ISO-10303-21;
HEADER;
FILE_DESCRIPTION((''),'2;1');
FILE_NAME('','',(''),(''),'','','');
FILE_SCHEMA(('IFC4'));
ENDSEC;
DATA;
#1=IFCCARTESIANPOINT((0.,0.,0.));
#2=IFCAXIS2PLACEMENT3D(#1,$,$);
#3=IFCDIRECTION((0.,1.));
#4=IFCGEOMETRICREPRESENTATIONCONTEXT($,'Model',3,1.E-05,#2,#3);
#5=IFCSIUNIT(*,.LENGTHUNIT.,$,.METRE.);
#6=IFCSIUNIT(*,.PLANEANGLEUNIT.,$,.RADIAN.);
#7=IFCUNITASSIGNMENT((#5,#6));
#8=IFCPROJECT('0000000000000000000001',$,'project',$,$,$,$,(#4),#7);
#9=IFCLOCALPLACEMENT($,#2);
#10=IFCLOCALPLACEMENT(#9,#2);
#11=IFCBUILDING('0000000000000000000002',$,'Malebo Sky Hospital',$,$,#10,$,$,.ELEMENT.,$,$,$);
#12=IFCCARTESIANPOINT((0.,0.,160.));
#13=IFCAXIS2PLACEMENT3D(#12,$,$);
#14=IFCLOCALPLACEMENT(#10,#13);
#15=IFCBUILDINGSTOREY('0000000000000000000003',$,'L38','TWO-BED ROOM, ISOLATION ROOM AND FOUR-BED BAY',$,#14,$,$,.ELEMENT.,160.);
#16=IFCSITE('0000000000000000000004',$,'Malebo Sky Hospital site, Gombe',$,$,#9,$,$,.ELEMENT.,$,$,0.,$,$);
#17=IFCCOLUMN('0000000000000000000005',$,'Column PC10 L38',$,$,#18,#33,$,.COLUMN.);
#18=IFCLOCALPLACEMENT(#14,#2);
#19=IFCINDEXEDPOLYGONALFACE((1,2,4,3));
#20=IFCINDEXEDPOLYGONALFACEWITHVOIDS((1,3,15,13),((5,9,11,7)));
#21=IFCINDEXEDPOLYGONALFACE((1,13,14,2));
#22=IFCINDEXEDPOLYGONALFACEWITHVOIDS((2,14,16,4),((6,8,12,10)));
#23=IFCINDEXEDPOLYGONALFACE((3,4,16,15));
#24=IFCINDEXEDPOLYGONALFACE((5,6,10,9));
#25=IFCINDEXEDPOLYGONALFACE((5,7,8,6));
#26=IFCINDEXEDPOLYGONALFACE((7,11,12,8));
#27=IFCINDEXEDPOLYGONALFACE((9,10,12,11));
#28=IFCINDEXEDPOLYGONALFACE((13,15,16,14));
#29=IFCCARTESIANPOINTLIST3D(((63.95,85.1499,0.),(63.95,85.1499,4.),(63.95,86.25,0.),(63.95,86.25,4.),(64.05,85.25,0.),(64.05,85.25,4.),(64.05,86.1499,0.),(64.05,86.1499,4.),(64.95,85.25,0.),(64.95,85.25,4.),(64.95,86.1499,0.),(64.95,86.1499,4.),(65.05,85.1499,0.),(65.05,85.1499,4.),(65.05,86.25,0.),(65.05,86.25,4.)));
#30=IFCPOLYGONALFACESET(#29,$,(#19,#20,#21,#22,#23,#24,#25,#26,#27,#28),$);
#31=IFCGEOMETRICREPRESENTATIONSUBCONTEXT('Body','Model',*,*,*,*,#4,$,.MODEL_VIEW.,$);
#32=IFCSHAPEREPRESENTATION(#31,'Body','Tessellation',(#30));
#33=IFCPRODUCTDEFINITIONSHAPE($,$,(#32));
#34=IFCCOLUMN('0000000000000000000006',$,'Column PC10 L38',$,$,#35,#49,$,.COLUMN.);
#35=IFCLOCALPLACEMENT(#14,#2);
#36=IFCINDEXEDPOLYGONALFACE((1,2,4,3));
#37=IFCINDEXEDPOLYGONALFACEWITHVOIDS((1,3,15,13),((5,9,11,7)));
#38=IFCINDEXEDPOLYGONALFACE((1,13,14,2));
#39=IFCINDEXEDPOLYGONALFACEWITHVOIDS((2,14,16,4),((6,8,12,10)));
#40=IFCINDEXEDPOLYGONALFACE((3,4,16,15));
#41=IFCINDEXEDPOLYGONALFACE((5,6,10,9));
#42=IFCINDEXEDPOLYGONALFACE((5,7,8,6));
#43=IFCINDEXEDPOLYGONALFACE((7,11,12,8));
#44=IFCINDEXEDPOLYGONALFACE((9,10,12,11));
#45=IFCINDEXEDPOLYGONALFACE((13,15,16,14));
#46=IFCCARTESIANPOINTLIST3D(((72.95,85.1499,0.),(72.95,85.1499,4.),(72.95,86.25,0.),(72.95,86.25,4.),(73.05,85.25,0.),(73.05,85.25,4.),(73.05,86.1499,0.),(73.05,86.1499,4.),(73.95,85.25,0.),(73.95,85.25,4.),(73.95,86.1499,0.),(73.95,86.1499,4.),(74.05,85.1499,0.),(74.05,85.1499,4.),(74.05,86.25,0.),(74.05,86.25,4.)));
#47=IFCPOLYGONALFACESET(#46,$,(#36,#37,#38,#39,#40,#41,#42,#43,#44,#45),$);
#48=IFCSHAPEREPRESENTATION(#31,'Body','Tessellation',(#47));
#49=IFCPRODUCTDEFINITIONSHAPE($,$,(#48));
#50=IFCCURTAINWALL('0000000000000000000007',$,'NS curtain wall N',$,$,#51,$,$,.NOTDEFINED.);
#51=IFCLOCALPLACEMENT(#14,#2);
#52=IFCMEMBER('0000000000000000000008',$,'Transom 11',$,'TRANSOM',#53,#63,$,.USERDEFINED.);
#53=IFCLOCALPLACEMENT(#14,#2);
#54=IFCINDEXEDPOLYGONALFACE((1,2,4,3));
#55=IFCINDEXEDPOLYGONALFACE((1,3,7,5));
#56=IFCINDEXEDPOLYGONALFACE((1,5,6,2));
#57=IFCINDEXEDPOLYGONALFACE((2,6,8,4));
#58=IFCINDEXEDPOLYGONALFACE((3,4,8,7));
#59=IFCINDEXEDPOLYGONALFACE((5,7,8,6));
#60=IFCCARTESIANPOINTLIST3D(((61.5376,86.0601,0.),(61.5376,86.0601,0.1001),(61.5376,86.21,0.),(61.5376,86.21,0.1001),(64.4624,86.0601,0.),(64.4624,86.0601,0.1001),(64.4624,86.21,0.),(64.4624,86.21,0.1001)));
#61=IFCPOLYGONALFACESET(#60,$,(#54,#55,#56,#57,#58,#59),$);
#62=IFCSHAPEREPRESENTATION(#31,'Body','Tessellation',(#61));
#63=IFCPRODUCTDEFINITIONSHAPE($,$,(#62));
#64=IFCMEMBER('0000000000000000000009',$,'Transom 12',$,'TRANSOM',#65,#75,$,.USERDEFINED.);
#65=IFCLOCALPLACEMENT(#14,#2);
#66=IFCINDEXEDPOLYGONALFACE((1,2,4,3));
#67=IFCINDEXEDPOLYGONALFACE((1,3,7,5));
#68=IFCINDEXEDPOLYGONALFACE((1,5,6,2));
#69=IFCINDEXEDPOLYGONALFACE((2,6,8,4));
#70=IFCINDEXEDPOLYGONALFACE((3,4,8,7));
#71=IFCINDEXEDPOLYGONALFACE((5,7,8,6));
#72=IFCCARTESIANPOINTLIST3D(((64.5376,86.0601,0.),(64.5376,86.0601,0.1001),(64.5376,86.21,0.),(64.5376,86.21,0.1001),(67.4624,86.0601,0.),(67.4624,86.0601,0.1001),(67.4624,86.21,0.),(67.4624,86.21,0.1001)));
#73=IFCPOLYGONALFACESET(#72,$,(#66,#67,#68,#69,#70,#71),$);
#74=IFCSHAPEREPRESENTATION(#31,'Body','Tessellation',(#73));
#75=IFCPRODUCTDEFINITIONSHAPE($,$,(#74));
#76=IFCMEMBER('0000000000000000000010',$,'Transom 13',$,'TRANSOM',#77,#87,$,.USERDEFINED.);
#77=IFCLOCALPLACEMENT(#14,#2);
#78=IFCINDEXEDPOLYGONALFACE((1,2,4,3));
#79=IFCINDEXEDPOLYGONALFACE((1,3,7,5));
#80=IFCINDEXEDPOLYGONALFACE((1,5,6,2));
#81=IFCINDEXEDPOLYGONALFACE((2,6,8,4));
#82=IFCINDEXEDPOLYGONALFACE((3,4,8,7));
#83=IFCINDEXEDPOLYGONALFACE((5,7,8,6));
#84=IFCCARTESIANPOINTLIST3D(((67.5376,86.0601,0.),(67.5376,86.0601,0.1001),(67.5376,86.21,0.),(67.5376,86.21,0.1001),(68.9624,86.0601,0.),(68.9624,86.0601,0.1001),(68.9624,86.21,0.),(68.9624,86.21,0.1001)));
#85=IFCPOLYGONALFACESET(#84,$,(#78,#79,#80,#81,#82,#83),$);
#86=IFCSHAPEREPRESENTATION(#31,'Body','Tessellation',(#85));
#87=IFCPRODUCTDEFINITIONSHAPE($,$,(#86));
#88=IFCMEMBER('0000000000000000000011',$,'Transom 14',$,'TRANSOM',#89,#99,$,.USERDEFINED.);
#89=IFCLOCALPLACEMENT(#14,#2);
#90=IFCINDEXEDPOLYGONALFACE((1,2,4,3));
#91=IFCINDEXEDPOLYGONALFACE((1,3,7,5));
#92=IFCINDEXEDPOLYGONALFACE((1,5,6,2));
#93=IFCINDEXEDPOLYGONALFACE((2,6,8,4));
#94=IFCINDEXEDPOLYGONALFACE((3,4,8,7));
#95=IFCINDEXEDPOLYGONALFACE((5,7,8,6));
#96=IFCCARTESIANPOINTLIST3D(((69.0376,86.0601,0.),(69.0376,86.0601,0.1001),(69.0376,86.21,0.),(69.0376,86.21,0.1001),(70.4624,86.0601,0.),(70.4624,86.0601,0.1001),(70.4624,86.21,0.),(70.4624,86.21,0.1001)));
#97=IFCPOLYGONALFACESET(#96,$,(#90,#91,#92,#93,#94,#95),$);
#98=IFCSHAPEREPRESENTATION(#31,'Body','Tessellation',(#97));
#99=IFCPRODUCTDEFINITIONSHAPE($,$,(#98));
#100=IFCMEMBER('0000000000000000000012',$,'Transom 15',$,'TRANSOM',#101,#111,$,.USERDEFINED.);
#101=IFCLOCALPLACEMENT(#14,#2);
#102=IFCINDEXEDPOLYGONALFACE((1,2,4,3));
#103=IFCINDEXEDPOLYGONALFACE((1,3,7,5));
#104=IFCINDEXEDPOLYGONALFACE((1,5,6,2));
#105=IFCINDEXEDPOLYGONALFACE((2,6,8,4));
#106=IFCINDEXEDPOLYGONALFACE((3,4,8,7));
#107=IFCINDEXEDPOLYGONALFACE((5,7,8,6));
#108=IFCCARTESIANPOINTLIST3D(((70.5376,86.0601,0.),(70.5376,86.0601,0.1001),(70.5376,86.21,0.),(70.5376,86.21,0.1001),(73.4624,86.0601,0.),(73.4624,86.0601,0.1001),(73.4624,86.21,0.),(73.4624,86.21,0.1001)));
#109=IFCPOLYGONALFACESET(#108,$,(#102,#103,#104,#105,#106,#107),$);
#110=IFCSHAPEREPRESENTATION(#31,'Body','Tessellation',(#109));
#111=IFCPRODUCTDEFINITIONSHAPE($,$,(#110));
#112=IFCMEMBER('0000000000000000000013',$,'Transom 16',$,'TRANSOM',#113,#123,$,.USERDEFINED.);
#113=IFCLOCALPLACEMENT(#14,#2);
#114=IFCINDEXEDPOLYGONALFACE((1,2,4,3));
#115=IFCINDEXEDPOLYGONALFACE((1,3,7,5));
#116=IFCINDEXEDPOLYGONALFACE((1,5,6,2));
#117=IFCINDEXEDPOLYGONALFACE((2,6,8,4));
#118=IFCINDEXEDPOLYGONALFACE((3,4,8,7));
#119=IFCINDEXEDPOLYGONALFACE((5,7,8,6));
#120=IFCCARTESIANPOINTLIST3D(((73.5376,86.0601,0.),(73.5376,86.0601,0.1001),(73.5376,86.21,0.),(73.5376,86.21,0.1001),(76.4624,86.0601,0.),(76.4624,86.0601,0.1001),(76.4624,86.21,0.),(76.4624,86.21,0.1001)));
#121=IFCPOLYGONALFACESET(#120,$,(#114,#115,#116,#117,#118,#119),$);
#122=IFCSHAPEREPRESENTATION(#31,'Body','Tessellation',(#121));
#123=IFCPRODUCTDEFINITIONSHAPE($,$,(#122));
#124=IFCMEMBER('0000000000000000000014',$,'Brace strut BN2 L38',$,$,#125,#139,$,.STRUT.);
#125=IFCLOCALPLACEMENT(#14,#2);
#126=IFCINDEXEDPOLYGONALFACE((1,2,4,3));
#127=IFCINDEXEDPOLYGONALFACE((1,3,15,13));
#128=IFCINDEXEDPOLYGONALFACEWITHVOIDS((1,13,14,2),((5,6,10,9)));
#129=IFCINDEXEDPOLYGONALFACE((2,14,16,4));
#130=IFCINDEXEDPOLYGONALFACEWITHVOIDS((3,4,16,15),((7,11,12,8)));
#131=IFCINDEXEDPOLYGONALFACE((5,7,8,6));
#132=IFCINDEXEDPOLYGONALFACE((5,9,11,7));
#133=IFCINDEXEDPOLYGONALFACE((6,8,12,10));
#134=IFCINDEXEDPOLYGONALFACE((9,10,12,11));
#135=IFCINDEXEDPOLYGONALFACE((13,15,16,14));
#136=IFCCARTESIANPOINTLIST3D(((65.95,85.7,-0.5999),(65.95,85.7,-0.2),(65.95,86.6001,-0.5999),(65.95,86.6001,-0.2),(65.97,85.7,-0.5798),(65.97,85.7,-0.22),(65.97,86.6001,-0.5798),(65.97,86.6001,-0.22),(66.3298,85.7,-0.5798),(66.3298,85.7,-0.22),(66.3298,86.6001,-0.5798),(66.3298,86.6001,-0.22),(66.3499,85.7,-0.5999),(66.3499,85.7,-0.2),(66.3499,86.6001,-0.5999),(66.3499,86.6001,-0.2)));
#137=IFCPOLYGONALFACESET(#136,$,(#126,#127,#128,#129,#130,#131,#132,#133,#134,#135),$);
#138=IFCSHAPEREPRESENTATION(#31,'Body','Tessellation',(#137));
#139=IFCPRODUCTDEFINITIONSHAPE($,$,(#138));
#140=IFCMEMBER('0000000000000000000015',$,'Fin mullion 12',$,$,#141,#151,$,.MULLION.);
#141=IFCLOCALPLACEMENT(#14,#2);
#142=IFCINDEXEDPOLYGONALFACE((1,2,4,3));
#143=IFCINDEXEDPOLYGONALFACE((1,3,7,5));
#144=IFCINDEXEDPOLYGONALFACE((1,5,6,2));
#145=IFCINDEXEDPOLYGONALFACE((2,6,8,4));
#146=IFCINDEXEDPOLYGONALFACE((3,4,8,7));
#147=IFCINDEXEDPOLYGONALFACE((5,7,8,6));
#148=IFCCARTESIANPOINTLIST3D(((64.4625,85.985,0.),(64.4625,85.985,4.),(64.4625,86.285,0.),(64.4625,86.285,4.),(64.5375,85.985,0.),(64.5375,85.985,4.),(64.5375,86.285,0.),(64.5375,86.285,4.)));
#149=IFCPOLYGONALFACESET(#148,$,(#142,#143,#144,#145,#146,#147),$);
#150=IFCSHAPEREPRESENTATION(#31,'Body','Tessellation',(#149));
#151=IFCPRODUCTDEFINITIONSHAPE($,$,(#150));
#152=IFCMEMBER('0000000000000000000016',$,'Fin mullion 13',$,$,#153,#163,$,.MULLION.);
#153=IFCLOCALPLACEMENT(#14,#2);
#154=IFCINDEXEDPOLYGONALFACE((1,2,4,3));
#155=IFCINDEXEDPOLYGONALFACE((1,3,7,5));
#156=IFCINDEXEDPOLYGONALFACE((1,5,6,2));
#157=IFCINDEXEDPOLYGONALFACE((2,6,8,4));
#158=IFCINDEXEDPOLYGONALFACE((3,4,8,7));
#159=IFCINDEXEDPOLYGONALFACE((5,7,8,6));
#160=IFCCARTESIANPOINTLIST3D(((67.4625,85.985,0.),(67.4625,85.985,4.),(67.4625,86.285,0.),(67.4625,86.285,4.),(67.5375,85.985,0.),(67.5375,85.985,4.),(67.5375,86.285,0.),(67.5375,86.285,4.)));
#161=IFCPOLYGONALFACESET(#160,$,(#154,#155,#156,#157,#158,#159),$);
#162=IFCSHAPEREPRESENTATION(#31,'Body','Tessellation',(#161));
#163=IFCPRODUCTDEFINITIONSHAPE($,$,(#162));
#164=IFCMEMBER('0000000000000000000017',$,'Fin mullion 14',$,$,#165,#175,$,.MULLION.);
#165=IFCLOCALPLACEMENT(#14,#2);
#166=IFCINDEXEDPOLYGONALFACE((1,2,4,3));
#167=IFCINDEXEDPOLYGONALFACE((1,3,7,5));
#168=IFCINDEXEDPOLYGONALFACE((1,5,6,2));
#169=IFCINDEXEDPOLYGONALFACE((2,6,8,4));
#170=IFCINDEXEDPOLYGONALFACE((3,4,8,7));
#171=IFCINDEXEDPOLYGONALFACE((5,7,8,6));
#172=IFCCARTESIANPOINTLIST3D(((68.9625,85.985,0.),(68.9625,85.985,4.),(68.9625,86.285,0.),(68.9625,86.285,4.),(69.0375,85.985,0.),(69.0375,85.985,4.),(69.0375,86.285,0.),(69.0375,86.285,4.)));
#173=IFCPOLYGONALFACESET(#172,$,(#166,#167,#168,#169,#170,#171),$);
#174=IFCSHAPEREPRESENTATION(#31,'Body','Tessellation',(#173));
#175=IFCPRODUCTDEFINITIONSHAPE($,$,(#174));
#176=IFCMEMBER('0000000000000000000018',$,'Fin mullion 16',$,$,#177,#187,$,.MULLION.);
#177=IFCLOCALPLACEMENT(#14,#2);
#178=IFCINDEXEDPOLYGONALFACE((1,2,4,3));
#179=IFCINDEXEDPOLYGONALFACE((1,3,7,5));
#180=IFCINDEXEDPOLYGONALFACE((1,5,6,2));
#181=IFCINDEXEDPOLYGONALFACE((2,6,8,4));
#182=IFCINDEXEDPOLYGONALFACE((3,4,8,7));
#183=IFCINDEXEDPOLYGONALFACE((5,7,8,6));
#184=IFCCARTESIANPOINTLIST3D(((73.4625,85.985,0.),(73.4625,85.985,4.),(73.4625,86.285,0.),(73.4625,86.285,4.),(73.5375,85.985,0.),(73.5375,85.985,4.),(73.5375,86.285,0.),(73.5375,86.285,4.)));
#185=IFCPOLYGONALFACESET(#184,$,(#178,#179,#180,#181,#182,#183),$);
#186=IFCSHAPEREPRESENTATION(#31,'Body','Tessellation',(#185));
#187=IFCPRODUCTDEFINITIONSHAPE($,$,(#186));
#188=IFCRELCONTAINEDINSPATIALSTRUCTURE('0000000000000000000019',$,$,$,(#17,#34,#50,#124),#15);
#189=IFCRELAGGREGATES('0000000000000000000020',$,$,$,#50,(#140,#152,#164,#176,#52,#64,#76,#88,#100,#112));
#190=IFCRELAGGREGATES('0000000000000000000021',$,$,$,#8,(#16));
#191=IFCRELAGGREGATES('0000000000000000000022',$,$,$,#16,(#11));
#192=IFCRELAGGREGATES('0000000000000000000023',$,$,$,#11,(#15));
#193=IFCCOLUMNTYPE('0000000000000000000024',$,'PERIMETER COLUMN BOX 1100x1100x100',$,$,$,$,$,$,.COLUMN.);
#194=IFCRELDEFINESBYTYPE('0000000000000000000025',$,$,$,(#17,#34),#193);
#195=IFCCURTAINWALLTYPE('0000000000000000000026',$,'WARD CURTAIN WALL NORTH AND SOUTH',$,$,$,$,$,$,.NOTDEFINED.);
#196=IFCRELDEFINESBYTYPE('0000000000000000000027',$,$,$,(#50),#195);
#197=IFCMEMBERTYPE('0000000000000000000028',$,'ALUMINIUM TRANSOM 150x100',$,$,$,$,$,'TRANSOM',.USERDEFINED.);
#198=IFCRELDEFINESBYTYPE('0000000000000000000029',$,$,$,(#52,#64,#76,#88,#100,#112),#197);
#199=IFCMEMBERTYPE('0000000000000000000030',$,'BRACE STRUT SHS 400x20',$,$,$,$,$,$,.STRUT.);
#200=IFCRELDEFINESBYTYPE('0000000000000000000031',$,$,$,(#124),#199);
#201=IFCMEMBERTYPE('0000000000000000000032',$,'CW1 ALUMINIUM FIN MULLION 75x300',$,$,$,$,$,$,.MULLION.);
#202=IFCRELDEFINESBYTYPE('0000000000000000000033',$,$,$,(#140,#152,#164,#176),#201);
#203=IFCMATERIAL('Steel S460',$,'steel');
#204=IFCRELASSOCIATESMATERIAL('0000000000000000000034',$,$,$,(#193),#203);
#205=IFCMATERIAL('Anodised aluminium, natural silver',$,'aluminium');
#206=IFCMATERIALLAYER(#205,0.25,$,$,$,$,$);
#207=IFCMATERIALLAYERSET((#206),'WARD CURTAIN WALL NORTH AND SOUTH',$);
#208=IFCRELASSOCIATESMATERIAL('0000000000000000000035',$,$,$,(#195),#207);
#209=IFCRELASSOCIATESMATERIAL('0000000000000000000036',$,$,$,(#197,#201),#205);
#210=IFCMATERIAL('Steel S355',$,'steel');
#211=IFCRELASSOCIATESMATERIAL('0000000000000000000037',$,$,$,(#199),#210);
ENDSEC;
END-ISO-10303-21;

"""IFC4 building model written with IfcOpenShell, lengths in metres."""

from ifc_helpers import new_model, si_unit, direction, frame, origin, origin_2d, place, context, subcontext, project, spatial, rectangle, hollow_rectangle, extrude, material, layer, layer_set, material_profile, profile_set, type_object, element, aggregate, save


model = new_model("IFC4")

# Units and contexts
model_context = context("Model", 3, precision=1e-05, world=origin(), true_north=direction((0.0, 1.0)))
body_context = subcontext(model_context, "Body", "Model", "MODEL_VIEW")
ifc_project = project(units=[si_unit("LENGTHUNIT", "METRE"), si_unit("PLANEANGLEUNIT", "RADIAN")], contexts=[model_context])

# Site, building, storey
site_placement = place(None, origin())
site = spatial("IfcSite", under=ifc_project, at=site_placement, Name="Malebo Sky Hospital site, Gombe", CompositionType="ELEMENT", RefElevation=0.0)
building_placement = place(site_placement, origin())
building = spatial("IfcBuilding", under=site, at=building_placement, Name="Malebo Sky Hospital", CompositionType="ELEMENT")
storey_placement = place(building_placement, frame((0.0, 0.0, 160.0)))
storey = spatial("IfcBuildingStorey", under=building, at=storey_placement, Name="L38", Description="TWO-BED ROOM, ISOLATION ROOM AND FOUR-BED BAY", CompositionType="ELEMENT", Elevation=160.0)

# Columns
ifc_material_1 = material(Name="Steel S460", Category="steel")
ifc_material_profile_1 = material_profile(ifc_material_1, hollow_rectangle(XDim=1.1001, YDim=1.1001, WallThickness=0.1001, at=origin_2d()), Name="BOX 1100x1100x100")
ifc_profile_set_1 = profile_set([ifc_material_profile_1], Name="Steel S460")
column_type = type_object("IfcColumnType", Name="PERIMETER COLUMN BOX 1100x1100x100", PredefinedType="COLUMN", material=ifc_profile_set_1)
for number, where, z_axis, x_axis, name in (
    (1, (64.5, 85.7, 0.0), (0.0, 0.0, 1.0), (1.0, 0.0, 0.0), "Column PC10 L38"),
    (2, (73.5, 85.7, 0.0), (0.0, 0.0, 1.0), (1.0, 0.0, 0.0), "Column PC10 L38"),
):
    element("IfcColumn", number, at=place(storey_placement, frame(where, z_axis=z_axis, x_axis=x_axis)), inside=storey, type_object=column_type, Name=name, PredefinedType="COLUMN", context=body_context, shape_type="SweptSolid", body=[
        extrude(hollow_rectangle(XDim=1.1001, YDim=1.1001, WallThickness=0.1001, at=origin_2d()), origin(), (0.0, 0.0, 1.0), 4.0),
    ])

# Curtain wall, members
ifc_material_2 = material(Name="Anodised aluminium, natural silver", Category="aluminium")
ifc_layer_1 = layer(ifc_material_2, 0.25)
ifc_layer_set_1 = layer_set([ifc_layer_1], Name="WARD CURTAIN WALL NORTH AND SOUTH")
curtain_wall_type = type_object("IfcCurtainWallType", Name="WARD CURTAIN WALL NORTH AND SOUTH", PredefinedType="NOTDEFINED", material=ifc_layer_set_1)
curtain_wall_placement = place(storey_placement, origin())
curtain_wall = element("IfcCurtainWall", 3, at=curtain_wall_placement, inside=storey, type_object=curtain_wall_type, Name="NS curtain wall N", PredefinedType="NOTDEFINED")
ifc_material_profile_2 = material_profile(ifc_material_2, rectangle(XDim=0.1499, YDim=0.1001, at=origin_2d()), Name="ALUMINIUM TRANSOM 150x100")
ifc_profile_set_2 = profile_set([ifc_material_profile_2], Name="Anodised aluminium, natural silver")
member_type_1 = type_object("IfcMemberType", Name="ALUMINIUM TRANSOM 150x100", ElementType="TRANSOM", PredefinedType="USERDEFINED", material=ifc_profile_set_2)
member_1_placement = place(storey_placement, frame((61.5376, 86.135, 0.05), z_axis=(1.0, 0.0, 0.0), x_axis=(0.0, 1.0, 0.0)))
member_1 = element("IfcMember", 4, at=member_1_placement, type_object=member_type_1, Name="Transom 11", ObjectType="TRANSOM", PredefinedType="USERDEFINED", context=body_context, shape_type="SweptSolid", body=[
    extrude(rectangle(XDim=0.1499, YDim=0.1001, at=origin_2d()), origin(), (0.0, 0.0, 1.0), 2.9248),
])
member_2_placement = place(storey_placement, frame((64.5376, 86.135, 0.05), z_axis=(1.0, 0.0, 0.0), x_axis=(0.0, 1.0, 0.0)))
member_2 = element("IfcMember", 5, at=member_2_placement, type_object=member_type_1, Name="Transom 12", ObjectType="TRANSOM", PredefinedType="USERDEFINED", context=body_context, shape_type="SweptSolid", body=[
    extrude(rectangle(XDim=0.1499, YDim=0.1001, at=origin_2d()), origin(), (0.0, 0.0, 1.0), 2.9248),
])
member_3_placement = place(storey_placement, frame((67.5376, 86.135, 0.05), z_axis=(1.0, 0.0, 0.0), x_axis=(0.0, 1.0, 0.0)))
member_3 = element("IfcMember", 6, at=member_3_placement, type_object=member_type_1, Name="Transom 13", ObjectType="TRANSOM", PredefinedType="USERDEFINED", context=body_context, shape_type="SweptSolid", body=[
    extrude(rectangle(XDim=0.1499, YDim=0.1001, at=origin_2d()), origin(), (0.0, 0.0, 1.0), 1.4248),
])
member_4_placement = place(storey_placement, frame((69.0376, 86.135, 0.05), z_axis=(1.0, 0.0, 0.0), x_axis=(0.0, 1.0, 0.0)))
member_4 = element("IfcMember", 7, at=member_4_placement, type_object=member_type_1, Name="Transom 14", ObjectType="TRANSOM", PredefinedType="USERDEFINED", context=body_context, shape_type="SweptSolid", body=[
    extrude(rectangle(XDim=0.1499, YDim=0.1001, at=origin_2d()), origin(), (0.0, 0.0, 1.0), 1.4248),
])
member_5_placement = place(storey_placement, frame((70.5376, 86.135, 0.05), z_axis=(1.0, 0.0, 0.0), x_axis=(0.0, 1.0, 0.0)))
member_5 = element("IfcMember", 8, at=member_5_placement, type_object=member_type_1, Name="Transom 15", ObjectType="TRANSOM", PredefinedType="USERDEFINED", context=body_context, shape_type="SweptSolid", body=[
    extrude(rectangle(XDim=0.1499, YDim=0.1001, at=origin_2d()), origin(), (0.0, 0.0, 1.0), 2.9248),
])
member_6_placement = place(storey_placement, frame((73.5376, 86.135, 0.05), z_axis=(1.0, 0.0, 0.0), x_axis=(0.0, 1.0, 0.0)))
member_6 = element("IfcMember", 9, at=member_6_placement, type_object=member_type_1, Name="Transom 16", ObjectType="TRANSOM", PredefinedType="USERDEFINED", context=body_context, shape_type="SweptSolid", body=[
    extrude(rectangle(XDim=0.1499, YDim=0.1001, at=origin_2d()), origin(), (0.0, 0.0, 1.0), 2.9248),
])

# Members
ifc_material_3 = material(Name="Steel S355", Category="steel")
ifc_material_profile_3 = material_profile(ifc_material_3, hollow_rectangle(XDim=0.3999, YDim=0.3999, WallThickness=0.02, at=origin_2d()), Name="SHS 400x20")
ifc_profile_set_3 = profile_set([ifc_material_profile_3], Name="Steel S355")
member_type_2 = type_object("IfcMemberType", Name="BRACE STRUT SHS 400x20", PredefinedType="STRUT", material=ifc_profile_set_3)
member_7_placement = place(storey_placement, frame((66.1499, 86.6001, -0.3999), z_axis=(0.0, -1.0, 0.0), x_axis=(1.0, 0.0, 0.0)))
element("IfcMember", 10, at=member_7_placement, inside=storey, type_object=member_type_2, Name="Brace strut BN2 L38", PredefinedType="STRUT", context=body_context, shape_type="SweptSolid", body=[
    extrude(hollow_rectangle(XDim=0.3999, YDim=0.3999, WallThickness=0.02, at=origin_2d()), origin(), (0.0, 0.0, 1.0), 0.9001),
])
ifc_material_profile_4 = material_profile(ifc_material_2, rectangle(XDim=0.075, YDim=0.3, at=origin_2d()), Name="CW1 ALUMINIUM FIN MULLION 75x300")
ifc_profile_set_4 = profile_set([ifc_material_profile_4], Name="Anodised aluminium, natural silver")
member_type_3 = type_object("IfcMemberType", Name="CW1 ALUMINIUM FIN MULLION 75x300", PredefinedType="MULLION", material=ifc_profile_set_4)
member_8_placement = place(storey_placement, frame((64.5, 86.135, 0.0), z_axis=(0.0, 0.0, 1.0), x_axis=(1.0, 0.0, 0.0)))
member_8 = element("IfcMember", 11, at=member_8_placement, type_object=member_type_3, Name="Fin mullion 12", PredefinedType="MULLION", context=body_context, shape_type="SweptSolid", body=[
    extrude(rectangle(XDim=0.075, YDim=0.3, at=origin_2d()), origin(), (0.0, 0.0, 1.0), 4.0),
])
member_9_placement = place(storey_placement, frame((67.5, 86.135, 0.0), z_axis=(0.0, 0.0, 1.0), x_axis=(1.0, 0.0, 0.0)))
member_9 = element("IfcMember", 12, at=member_9_placement, type_object=member_type_3, Name="Fin mullion 13", PredefinedType="MULLION", context=body_context, shape_type="SweptSolid", body=[
    extrude(rectangle(XDim=0.075, YDim=0.3, at=origin_2d()), origin(), (0.0, 0.0, 1.0), 4.0),
])
member_10_placement = place(storey_placement, frame((69.0, 86.135, 0.0), z_axis=(0.0, 0.0, 1.0), x_axis=(1.0, 0.0, 0.0)))
member_10 = element("IfcMember", 13, at=member_10_placement, type_object=member_type_3, Name="Fin mullion 14", PredefinedType="MULLION", context=body_context, shape_type="SweptSolid", body=[
    extrude(rectangle(XDim=0.075, YDim=0.3, at=origin_2d()), origin(), (0.0, 0.0, 1.0), 4.0),
])
member_11_placement = place(storey_placement, frame((73.5, 86.135, 0.0), z_axis=(0.0, 0.0, 1.0), x_axis=(1.0, 0.0, 0.0)))
member_11 = element("IfcMember", 14, at=member_11_placement, type_object=member_type_3, Name="Fin mullion 16", PredefinedType="MULLION", context=body_context, shape_type="SweptSolid", body=[
    extrude(rectangle(XDim=0.075, YDim=0.3, at=origin_2d()), origin(), (0.0, 0.0, 1.0), 4.0),
])

aggregate(curtain_wall, [member_8, member_9, member_10, member_11, member_1, member_2, member_3, member_4, member_5, member_6])

save(model, "model.ifc")
